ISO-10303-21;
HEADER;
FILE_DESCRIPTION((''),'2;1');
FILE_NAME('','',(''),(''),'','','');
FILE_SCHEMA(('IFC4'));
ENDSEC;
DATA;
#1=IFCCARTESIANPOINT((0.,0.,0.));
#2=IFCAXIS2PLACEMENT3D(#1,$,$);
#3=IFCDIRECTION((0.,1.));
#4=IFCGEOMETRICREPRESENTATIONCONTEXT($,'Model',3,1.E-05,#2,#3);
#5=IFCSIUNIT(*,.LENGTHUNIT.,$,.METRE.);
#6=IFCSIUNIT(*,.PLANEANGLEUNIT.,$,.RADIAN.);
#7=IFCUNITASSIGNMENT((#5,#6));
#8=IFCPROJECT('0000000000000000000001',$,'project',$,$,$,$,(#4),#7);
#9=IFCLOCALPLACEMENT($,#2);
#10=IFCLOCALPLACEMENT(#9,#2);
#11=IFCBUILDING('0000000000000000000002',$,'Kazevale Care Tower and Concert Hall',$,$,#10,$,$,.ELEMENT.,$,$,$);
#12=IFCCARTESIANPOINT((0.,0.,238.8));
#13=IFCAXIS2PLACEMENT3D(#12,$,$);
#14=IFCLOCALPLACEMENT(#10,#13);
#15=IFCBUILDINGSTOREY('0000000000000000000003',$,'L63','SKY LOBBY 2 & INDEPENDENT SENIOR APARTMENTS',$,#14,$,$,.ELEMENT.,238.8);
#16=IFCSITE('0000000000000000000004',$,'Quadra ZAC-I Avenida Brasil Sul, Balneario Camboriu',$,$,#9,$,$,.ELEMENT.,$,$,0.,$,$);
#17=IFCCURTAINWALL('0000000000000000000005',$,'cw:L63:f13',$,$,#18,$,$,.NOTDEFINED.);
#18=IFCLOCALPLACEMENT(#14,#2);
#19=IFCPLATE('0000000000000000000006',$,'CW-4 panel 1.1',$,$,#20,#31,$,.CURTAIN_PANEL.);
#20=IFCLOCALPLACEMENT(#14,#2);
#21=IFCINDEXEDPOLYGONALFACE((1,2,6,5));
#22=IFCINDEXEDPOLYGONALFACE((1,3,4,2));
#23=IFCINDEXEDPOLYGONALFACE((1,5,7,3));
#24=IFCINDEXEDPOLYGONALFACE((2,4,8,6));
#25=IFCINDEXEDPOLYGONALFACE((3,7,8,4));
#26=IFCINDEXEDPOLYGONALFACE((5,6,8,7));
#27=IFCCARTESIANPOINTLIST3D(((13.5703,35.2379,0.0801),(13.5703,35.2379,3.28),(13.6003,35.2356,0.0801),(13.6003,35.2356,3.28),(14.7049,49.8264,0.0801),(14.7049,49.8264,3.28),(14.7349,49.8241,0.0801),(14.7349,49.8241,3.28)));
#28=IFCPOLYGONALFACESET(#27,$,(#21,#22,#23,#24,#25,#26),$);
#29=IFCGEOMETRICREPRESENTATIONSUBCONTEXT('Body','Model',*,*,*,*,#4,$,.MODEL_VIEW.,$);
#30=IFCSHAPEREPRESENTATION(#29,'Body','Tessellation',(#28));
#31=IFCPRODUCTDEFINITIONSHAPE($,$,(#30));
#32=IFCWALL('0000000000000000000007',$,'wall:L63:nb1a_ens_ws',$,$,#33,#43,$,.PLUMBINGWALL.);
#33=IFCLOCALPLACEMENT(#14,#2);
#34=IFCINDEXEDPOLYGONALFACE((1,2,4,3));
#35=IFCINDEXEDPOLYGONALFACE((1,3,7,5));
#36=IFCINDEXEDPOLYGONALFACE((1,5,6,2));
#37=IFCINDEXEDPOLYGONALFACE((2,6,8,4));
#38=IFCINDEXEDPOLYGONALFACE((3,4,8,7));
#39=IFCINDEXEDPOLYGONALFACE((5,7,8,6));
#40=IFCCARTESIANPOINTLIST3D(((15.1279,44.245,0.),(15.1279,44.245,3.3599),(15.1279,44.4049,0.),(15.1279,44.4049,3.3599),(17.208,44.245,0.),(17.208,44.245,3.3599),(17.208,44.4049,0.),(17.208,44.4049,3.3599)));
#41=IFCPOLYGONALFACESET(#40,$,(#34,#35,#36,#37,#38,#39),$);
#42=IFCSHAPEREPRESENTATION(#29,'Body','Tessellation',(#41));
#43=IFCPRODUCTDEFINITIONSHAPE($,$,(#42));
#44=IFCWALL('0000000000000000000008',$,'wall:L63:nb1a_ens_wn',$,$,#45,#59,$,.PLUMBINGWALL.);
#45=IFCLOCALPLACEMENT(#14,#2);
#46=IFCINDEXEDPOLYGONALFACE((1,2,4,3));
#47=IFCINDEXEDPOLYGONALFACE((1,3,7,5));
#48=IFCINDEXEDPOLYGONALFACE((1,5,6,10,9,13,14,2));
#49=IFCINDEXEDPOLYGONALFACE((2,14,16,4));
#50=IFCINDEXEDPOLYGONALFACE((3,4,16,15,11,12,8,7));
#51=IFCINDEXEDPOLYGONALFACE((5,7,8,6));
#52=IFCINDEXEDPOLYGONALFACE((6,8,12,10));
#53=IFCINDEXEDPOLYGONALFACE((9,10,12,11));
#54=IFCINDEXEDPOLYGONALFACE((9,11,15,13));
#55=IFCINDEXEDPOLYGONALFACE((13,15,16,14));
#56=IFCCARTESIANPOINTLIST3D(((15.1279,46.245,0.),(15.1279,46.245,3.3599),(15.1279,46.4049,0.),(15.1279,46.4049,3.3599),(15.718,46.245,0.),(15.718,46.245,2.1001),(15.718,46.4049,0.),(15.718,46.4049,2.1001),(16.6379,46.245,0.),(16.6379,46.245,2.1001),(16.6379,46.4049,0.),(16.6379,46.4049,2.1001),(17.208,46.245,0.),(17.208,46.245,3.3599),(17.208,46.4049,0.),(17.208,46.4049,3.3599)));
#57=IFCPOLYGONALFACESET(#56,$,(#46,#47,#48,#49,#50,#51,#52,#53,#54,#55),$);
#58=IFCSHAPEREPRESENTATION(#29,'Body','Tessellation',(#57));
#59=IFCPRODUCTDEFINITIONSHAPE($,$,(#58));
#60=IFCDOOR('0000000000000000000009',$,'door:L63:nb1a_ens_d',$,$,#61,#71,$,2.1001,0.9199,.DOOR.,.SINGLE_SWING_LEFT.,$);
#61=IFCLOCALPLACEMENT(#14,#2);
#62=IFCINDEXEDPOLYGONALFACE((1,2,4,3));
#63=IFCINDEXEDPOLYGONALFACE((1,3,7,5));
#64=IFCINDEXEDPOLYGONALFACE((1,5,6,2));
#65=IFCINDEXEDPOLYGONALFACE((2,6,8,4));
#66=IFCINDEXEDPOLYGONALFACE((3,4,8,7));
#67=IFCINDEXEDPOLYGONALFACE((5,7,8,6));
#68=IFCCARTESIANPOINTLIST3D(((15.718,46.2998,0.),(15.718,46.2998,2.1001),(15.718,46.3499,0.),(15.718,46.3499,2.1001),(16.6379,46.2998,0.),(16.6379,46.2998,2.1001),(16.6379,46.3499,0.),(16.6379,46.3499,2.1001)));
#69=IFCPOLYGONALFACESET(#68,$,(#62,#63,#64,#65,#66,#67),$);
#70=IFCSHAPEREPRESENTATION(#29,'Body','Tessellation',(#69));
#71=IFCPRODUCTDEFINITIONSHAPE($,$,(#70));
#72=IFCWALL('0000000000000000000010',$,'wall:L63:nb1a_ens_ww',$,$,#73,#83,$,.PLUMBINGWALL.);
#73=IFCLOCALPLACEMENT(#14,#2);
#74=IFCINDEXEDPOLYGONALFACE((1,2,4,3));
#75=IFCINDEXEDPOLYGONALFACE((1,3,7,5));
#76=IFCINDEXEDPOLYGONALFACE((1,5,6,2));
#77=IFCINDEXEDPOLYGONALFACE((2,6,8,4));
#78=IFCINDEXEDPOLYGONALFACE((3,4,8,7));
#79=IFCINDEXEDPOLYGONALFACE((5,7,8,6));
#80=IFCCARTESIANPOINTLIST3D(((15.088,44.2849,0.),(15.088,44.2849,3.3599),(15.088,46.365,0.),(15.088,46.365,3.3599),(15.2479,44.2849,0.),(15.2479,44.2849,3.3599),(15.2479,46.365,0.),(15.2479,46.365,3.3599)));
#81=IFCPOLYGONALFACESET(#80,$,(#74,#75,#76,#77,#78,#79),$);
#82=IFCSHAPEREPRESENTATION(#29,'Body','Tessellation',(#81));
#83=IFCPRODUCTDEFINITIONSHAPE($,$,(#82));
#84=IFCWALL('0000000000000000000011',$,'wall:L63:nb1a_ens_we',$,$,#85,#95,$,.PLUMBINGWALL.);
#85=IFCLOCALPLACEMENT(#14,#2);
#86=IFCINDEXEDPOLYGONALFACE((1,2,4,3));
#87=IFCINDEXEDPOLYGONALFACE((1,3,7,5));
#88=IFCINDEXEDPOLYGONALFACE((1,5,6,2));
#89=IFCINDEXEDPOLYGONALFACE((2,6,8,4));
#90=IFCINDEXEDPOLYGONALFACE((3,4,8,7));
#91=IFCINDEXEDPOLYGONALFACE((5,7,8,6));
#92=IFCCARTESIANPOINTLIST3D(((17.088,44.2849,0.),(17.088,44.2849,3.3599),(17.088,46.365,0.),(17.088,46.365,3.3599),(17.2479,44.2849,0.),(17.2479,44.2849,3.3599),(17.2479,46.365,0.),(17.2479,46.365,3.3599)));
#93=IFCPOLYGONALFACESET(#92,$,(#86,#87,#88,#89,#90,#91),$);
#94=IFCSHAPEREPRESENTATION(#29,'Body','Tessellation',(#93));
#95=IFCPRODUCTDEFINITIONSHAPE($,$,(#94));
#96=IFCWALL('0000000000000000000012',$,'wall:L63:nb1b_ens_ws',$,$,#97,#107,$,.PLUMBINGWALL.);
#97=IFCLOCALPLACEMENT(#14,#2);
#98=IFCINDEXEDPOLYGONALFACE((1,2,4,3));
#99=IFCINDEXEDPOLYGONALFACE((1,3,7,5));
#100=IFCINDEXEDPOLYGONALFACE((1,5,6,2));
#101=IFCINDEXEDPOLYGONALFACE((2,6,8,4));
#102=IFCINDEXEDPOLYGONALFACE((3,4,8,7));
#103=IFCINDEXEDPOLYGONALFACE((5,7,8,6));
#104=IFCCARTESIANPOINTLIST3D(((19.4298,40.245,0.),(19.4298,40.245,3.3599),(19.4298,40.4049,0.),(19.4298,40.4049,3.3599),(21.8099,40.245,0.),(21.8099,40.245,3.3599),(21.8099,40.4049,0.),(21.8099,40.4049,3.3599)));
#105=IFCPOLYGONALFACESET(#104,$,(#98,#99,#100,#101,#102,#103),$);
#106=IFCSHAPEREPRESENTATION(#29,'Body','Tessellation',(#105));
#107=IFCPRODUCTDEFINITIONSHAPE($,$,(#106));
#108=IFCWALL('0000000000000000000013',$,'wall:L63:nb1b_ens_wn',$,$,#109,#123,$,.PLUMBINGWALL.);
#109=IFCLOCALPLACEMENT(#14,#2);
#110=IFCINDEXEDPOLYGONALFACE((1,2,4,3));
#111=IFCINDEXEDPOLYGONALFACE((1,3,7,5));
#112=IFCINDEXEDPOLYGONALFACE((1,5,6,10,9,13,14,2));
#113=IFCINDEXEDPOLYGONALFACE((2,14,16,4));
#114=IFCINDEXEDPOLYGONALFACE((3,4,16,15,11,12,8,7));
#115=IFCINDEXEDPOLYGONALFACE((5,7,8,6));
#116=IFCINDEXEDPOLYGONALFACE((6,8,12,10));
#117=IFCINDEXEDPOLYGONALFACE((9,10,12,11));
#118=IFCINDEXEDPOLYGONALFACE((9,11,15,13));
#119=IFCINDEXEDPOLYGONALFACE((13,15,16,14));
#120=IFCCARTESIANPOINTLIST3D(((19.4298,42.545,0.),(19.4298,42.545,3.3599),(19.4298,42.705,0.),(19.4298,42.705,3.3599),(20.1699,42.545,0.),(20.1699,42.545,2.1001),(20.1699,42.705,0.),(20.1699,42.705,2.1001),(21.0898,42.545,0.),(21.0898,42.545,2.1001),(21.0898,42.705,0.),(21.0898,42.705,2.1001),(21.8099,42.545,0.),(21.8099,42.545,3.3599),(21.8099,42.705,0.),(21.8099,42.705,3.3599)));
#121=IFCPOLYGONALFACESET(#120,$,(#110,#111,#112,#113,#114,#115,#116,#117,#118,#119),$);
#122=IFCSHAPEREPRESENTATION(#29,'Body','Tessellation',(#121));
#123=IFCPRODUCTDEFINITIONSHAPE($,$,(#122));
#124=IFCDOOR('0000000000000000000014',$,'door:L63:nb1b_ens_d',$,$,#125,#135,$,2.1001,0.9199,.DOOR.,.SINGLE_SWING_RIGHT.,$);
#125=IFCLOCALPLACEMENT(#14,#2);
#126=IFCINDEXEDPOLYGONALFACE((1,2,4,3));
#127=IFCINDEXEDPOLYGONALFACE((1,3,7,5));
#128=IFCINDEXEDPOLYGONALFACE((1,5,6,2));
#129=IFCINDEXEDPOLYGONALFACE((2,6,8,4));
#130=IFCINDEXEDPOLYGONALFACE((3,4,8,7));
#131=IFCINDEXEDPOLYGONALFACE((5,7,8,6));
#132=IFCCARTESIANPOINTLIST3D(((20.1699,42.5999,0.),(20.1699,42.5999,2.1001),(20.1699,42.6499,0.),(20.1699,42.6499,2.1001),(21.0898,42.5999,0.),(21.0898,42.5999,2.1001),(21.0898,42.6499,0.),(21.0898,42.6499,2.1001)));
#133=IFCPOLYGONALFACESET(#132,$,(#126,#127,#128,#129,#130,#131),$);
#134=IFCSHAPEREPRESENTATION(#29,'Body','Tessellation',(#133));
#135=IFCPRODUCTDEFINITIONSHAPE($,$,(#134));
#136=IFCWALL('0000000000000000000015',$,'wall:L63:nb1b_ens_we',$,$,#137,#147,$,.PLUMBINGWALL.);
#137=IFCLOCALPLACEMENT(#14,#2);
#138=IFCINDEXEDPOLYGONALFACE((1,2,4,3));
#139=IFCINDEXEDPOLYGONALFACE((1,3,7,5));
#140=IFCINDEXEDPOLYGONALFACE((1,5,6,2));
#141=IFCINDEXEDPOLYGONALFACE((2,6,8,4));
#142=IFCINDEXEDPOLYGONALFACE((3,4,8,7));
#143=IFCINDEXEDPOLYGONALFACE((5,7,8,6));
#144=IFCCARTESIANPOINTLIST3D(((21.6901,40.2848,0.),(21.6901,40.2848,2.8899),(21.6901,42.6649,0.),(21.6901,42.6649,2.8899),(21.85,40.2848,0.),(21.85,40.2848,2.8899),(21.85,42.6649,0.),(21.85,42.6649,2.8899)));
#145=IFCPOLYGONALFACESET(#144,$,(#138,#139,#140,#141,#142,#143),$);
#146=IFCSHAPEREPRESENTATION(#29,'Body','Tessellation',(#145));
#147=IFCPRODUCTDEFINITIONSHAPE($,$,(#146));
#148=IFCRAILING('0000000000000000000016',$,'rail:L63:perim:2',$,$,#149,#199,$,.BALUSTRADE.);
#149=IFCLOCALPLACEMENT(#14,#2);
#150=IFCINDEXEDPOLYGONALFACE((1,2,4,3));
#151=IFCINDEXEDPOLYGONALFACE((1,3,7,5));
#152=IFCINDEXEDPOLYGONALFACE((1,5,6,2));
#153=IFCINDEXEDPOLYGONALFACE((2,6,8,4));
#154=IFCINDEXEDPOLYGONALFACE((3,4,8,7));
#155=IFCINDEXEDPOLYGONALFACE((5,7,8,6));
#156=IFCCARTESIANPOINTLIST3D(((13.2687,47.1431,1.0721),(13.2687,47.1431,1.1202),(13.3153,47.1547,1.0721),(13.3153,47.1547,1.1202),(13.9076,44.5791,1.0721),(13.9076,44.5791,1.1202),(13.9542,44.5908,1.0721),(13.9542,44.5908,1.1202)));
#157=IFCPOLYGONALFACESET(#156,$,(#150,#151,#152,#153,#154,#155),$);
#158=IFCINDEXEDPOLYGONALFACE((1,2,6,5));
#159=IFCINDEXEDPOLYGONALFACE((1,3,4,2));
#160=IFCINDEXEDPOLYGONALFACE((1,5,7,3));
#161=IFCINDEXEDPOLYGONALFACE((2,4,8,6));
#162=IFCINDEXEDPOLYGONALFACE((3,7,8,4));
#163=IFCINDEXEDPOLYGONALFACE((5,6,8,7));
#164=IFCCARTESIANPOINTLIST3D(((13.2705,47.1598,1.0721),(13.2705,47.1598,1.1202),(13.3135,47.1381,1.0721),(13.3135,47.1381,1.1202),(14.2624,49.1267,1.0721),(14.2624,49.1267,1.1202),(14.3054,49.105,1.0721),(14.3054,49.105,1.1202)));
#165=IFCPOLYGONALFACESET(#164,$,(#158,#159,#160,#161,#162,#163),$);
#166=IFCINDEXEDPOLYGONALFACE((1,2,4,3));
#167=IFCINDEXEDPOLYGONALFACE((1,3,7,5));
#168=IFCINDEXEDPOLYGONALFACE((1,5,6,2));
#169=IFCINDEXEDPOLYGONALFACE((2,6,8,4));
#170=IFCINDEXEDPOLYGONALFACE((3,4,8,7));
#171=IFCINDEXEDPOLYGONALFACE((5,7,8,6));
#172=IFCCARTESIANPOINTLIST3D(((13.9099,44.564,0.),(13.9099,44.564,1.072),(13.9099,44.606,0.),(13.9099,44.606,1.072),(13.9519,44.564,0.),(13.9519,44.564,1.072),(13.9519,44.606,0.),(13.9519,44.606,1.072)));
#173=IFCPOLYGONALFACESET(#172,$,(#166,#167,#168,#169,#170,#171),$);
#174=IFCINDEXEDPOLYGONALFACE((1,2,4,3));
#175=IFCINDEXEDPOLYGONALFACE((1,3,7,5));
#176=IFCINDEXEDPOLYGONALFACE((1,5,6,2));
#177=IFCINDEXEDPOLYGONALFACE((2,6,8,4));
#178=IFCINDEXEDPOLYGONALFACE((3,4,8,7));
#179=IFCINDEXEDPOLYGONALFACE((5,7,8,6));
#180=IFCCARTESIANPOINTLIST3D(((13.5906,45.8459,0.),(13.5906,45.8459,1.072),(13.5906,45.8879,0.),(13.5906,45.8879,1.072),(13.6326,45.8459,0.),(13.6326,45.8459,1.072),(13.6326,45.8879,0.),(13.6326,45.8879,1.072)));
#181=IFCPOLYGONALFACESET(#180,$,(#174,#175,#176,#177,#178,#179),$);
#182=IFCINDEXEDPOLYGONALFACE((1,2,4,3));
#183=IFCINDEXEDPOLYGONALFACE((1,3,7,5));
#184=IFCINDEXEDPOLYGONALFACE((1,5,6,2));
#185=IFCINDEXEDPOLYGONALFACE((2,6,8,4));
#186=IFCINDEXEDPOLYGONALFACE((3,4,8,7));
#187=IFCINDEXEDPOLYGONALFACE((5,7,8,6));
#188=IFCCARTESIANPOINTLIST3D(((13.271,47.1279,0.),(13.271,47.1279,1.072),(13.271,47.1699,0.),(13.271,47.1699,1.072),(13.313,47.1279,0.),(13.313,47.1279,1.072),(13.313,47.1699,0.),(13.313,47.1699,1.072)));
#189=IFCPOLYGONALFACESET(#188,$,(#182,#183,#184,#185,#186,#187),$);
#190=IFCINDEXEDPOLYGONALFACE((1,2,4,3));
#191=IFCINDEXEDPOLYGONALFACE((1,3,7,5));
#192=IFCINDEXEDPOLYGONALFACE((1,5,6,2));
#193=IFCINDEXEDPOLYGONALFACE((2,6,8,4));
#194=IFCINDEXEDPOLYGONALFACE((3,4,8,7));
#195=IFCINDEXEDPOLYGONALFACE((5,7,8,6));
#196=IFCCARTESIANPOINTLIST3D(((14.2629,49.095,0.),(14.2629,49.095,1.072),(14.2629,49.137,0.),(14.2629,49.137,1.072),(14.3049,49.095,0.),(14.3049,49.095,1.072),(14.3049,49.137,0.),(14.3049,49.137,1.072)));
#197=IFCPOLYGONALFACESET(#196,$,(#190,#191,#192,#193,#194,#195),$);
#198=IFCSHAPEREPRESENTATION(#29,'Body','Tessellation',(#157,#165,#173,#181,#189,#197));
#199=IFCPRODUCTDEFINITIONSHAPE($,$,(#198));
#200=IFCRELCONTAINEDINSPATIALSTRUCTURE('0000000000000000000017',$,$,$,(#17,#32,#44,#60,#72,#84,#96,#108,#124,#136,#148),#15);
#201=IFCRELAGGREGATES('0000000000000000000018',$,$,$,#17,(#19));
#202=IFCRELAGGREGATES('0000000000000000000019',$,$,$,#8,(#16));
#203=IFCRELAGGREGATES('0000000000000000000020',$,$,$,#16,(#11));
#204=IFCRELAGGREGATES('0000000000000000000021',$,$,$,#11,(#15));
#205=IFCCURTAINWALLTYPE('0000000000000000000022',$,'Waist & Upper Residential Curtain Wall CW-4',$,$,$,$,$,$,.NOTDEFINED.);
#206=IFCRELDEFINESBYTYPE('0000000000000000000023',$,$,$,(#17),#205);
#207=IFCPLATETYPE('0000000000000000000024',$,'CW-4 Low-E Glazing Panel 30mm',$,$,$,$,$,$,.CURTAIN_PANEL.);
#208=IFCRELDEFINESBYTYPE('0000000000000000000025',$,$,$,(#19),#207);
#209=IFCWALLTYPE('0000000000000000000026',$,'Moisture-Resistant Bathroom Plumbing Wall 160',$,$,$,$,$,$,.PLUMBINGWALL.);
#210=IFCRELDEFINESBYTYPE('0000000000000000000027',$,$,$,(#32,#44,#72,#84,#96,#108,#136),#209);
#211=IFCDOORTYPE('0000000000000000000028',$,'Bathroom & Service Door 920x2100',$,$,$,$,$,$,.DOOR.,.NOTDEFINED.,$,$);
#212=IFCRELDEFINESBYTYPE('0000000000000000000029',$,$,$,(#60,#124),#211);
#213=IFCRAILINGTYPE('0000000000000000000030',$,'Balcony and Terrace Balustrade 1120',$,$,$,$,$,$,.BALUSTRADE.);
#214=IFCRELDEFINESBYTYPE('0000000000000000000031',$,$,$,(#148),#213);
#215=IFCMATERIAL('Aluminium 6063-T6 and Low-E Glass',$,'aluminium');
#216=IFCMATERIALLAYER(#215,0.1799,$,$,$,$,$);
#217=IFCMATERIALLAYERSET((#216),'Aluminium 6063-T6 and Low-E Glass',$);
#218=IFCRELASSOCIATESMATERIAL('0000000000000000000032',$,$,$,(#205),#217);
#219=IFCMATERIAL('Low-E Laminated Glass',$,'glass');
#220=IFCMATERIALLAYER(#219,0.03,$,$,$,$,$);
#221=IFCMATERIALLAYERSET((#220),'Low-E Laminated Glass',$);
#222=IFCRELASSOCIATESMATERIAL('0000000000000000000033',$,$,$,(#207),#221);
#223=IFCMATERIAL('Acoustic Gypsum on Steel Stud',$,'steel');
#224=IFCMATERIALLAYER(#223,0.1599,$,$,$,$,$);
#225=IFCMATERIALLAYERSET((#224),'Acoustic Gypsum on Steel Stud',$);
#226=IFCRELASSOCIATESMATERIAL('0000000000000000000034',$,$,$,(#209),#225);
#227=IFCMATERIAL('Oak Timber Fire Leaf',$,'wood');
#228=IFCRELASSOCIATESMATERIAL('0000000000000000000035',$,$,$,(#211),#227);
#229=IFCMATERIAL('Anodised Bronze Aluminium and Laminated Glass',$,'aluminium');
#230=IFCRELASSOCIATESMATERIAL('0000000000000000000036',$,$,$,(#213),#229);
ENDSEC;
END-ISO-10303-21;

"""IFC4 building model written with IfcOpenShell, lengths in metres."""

from ifc_helpers import new_model, si_unit, direction, frame, frame_2d, origin, origin_2d, place, context, subcontext, project, spatial, rectangle, extrude, material, layer, layer_set, type_object, element, fill, aggregate, save


model = new_model("IFC4")

# Units and contexts
model_context = context("Model", 3, precision=1e-05, world=origin(), true_north=direction((0.0, 1.0)))
body_context = subcontext(model_context, "Body", "Model", "MODEL_VIEW")
ifc_project = project(units=[si_unit("LENGTHUNIT", "METRE"), si_unit("PLANEANGLEUNIT", "RADIAN")], contexts=[model_context])

# Site, building, storey
site_placement = place(None, origin())
site = spatial("IfcSite", under=ifc_project, at=site_placement, Name="Quadra ZAC-I Avenida Brasil Sul, Balneario Camboriu", CompositionType="ELEMENT", RefElevation=0.0)
building_placement = place(site_placement, origin())
building = spatial("IfcBuilding", under=site, at=building_placement, Name="Kazevale Care Tower and Concert Hall", CompositionType="ELEMENT")
storey_placement = place(building_placement, frame((0.0, 0.0, 238.8)))
storey = spatial("IfcBuildingStorey", under=building, at=storey_placement, Name="L63", Description="SKY LOBBY 2 & INDEPENDENT SENIOR APARTMENTS", CompositionType="ELEMENT", Elevation=238.8)

# Curtain wall
ifc_material_1 = material(Name="Aluminium 6063-T6 and Low-E Glass", Category="aluminium")
ifc_layer_1 = layer(ifc_material_1, 0.1799)
ifc_layer_set_1 = layer_set([ifc_layer_1], Name="Aluminium 6063-T6 and Low-E Glass")
curtain_wall_type = type_object("IfcCurtainWallType", Name="Waist & Upper Residential Curtain Wall CW-4", PredefinedType="NOTDEFINED", material=ifc_layer_set_1)
curtain_wall_1_placement = place(storey_placement, origin())
curtain_wall_1 = element("IfcCurtainWall", 1, at=curtain_wall_1_placement, inside=storey, type_object=curtain_wall_type, Name="cw:L63:f13", PredefinedType="NOTDEFINED")

# Plate
ifc_material_2 = material(Name="Low-E Laminated Glass", Category="glass")
ifc_layer_2 = layer(ifc_material_2, 0.03)
ifc_layer_set_2 = layer_set([ifc_layer_2], Name="Low-E Laminated Glass")
plate_type = type_object("IfcPlateType", Name="CW-4 Low-E Glazing Panel 30mm", PredefinedType="CURTAIN_PANEL", material=ifc_layer_set_2)
plate_placement = place(storey_placement, frame((14.1526, 42.531, 0.0801), z_axis=(0.0, 0.0, 1.0), x_axis=(0.077539, 0.996989, 0.0)))
plate = element("IfcPlate", 2, at=plate_placement, type_object=plate_type, Name="CW-4 panel 1.1", PredefinedType="CURTAIN_PANEL", context=body_context, shape_type="SweptSolid", body=[
    extrude(rectangle(XDim=14.6326, YDim=0.03, at=origin_2d()), origin(), (0.0, 0.0, 1.0), 3.2),
])
aggregate(curtain_wall_1, [plate])

# Wall
ifc_material_3 = material(Name="Acoustic Gypsum on Steel Stud", Category="steel")
ifc_layer_3 = layer(ifc_material_3, 0.1599)
ifc_layer_set_3 = layer_set([ifc_layer_3], Name="Acoustic Gypsum on Steel Stud")
wall_type = type_object("IfcWallType", Name="Moisture-Resistant Bathroom Plumbing Wall 160", PredefinedType="PLUMBINGWALL", material=ifc_layer_set_3)
wall_1_placement = place(storey_placement, frame((15.1279, 44.325, 0.0), z_axis=(0.0, 0.0, 1.0), x_axis=(1.0, 0.0, 0.0)))
element("IfcWall", 3, at=wall_1_placement, inside=storey, type_object=wall_type, Name="wall:L63:nb1a_ens_ws", PredefinedType="PLUMBINGWALL", context=body_context, shape_type="SweptSolid", body=[
    extrude(rectangle(XDim=2.0801, YDim=0.1599, at=frame_2d((1.04, 0.0))), origin(), (0.0, 0.0, 1.0), 3.3599),
])

# Wall, opening, door
wall_2_placement = place(storey_placement, frame((15.1279, 46.325, 0.0), z_axis=(0.0, 0.0, 1.0), x_axis=(1.0, 0.0, 0.0)))
wall_2 = element("IfcWall", 4, at=wall_2_placement, inside=storey, type_object=wall_type, Name="wall:L63:nb1a_ens_wn", PredefinedType="PLUMBINGWALL", context=body_context, shape_type="SweptSolid", body=[
    extrude(rectangle(XDim=2.0801, YDim=0.1599, at=frame_2d((1.04, 0.0))), origin(), (0.0, 0.0, 1.0), 3.3599),
])
opening_1_placement = place(wall_2_placement, frame((0.5901, 0.0, 0.0)))
opening_1 = element("IfcOpeningElement", 5, at=opening_1_placement, cuts=wall_2, PredefinedType="OPENING", context=body_context, shape_type="SweptSolid", body=[
    extrude(rectangle(XDim=0.9199, YDim=2.1001, at=frame_2d((0.46, 1.05))), frame((0.0, 0.0898, 0.0), z_axis=(0.0, -1.0, 0.0), x_axis=(1.0, 0.0, 0.0)), (0.0, 0.0, 1.0), 0.1799),
])
ifc_material_4 = material(Name="Oak Timber Fire Leaf", Category="wood")
door_type = type_object("IfcDoorType", Name="Bathroom & Service Door 920x2100", OperationType="NOTDEFINED", PredefinedType="DOOR", material=ifc_material_4)
door_1_placement = place(opening_1_placement, origin())
door_1 = element("IfcDoor", 6, at=door_1_placement, inside=storey, type_object=door_type, Name="door:L63:nb1a_ens_d", OperationType="SINGLE_SWING_LEFT", OverallHeight=2.1001, OverallWidth=0.9199, PredefinedType="DOOR", context=body_context, shape_type="SweptSolid", body=[
    extrude(rectangle(XDim=0.9199, YDim=2.1001, at=frame_2d((0.46, 1.05))), frame((0.0, 0.0249, 0.0), z_axis=(0.0, -1.0, 0.0), x_axis=(1.0, 0.0, 0.0)), (0.0, 0.0, 1.0), 0.05),
])
fill(opening_1, door_1)

# Walls
for number, where, z_axis, x_axis, name in (
    (7, (15.168, 44.2849, 0.0), (0.0, 0.0, 1.0), (0.0, 1.0, 0.0), "wall:L63:nb1a_ens_ww"),
    (8, (17.168, 44.2849, 0.0), (0.0, 0.0, 1.0), (0.0, 1.0, 0.0), "wall:L63:nb1a_ens_we"),
):
    element("IfcWall", number, at=place(storey_placement, frame(where, z_axis=z_axis, x_axis=x_axis)), inside=storey, type_object=wall_type, Name=name, PredefinedType="PLUMBINGWALL", context=body_context, shape_type="SweptSolid", body=[
        extrude(rectangle(XDim=2.0801, YDim=0.1599, at=frame_2d((1.04, 0.0))), origin(), (0.0, 0.0, 1.0), 3.3599),
    ])
wall_3_placement = place(storey_placement, frame((19.4299, 40.325, 0.0), z_axis=(0.0, 0.0, 1.0), x_axis=(1.0, 0.0, 0.0)))
element("IfcWall", 9, at=wall_3_placement, inside=storey, type_object=wall_type, Name="wall:L63:nb1b_ens_ws", PredefinedType="PLUMBINGWALL", context=body_context, shape_type="SweptSolid", body=[
    extrude(rectangle(XDim=2.3801, YDim=0.1599, at=frame_2d((1.1899, 0.0))), origin(), (0.0, 0.0, 1.0), 3.3599),
])

# Wall, opening, door
wall_4_placement = place(storey_placement, frame((19.4299, 42.625, 0.0), z_axis=(0.0, 0.0, 1.0), x_axis=(1.0, 0.0, 0.0)))
wall_4 = element("IfcWall", 10, at=wall_4_placement, inside=storey, type_object=wall_type, Name="wall:L63:nb1b_ens_wn", PredefinedType="PLUMBINGWALL", context=body_context, shape_type="SweptSolid", body=[
    extrude(rectangle(XDim=2.3801, YDim=0.1599, at=frame_2d((1.1899, 0.0))), origin(), (0.0, 0.0, 1.0), 3.3599),
])
opening_2_placement = place(wall_4_placement, frame((0.74, 0.0, 0.0)))
opening_2 = element("IfcOpeningElement", 11, at=opening_2_placement, cuts=wall_4, PredefinedType="OPENING", context=body_context, shape_type="SweptSolid", body=[
    extrude(rectangle(XDim=0.9199, YDim=2.1001, at=frame_2d((0.46, 1.05))), frame((0.0, 0.0898, 0.0), z_axis=(0.0, -1.0, 0.0), x_axis=(1.0, 0.0, 0.0)), (0.0, 0.0, 1.0), 0.1799),
])
door_2_placement = place(opening_2_placement, origin())
door_2 = element("IfcDoor", 12, at=door_2_placement, inside=storey, type_object=door_type, Name="door:L63:nb1b_ens_d", OperationType="SINGLE_SWING_RIGHT", OverallHeight=2.1001, OverallWidth=0.9199, PredefinedType="DOOR", context=body_context, shape_type="SweptSolid", body=[
    extrude(rectangle(XDim=0.9199, YDim=2.1001, at=frame_2d((0.46, 1.05))), frame((0.0, 0.0249, 0.0), z_axis=(0.0, -1.0, 0.0), x_axis=(1.0, 0.0, 0.0)), (0.0, 0.0, 1.0), 0.05),
])
fill(opening_2, door_2)

# Wall
wall_5_placement = place(storey_placement, frame((21.77, 40.2849, 0.0), z_axis=(0.0, 0.0, 1.0), x_axis=(0.0, 1.0, 0.0)))
element("IfcWall", 13, at=wall_5_placement, inside=storey, type_object=wall_type, Name="wall:L63:nb1b_ens_we", PredefinedType="PLUMBINGWALL", context=body_context, shape_type="SweptSolid", body=[
    extrude(rectangle(XDim=2.3801, YDim=0.1599, at=frame_2d((1.1899, 0.0))), origin(), (0.0, 0.0, 1.0), 2.8899),
])

# Railing
ifc_material_5 = material(Name="Anodised Bronze Aluminium and Laminated Glass", Category="aluminium")
railing_type = type_object("IfcRailingType", Name="Balcony and Terrace Balustrade 1120", PredefinedType="BALUSTRADE", material=ifc_material_5)
railing_1_placement = place(storey_placement, frame((13.9309, 44.585, 0.0)))
element("IfcRailing", 14, at=railing_1_placement, inside=storey, type_object=railing_type, Name="rail:L63:perim:2", PredefinedType="BALUSTRADE", context=body_context, shape_type="SweptSolid", body=[
    extrude(rectangle(XDim=0.0481, YDim=0.0481, at=origin_2d()), frame((0.0, 0.0, 1.0962), z_axis=(-0.241796, 0.970327, 0.0), x_axis=(-0.970327, -0.241796, 0.0)), (0.0, 0.0, 1.0), 2.6423),
    extrude(rectangle(XDim=0.0481, YDim=0.0481, at=origin_2d()), frame((-0.6389, 2.564, 1.0962), z_axis=(0.45027, 0.892893, 0.0), x_axis=(-0.892893, 0.45027, 0.0)), (0.0, 0.0, 1.0), 2.2029),
    extrude(rectangle(XDim=0.042, YDim=0.042, at=origin_2d()), origin(), (0.0, 0.0, 1.0), 1.072),
    extrude(rectangle(XDim=0.042, YDim=0.042, at=origin_2d()), frame((-0.3193, 1.282, 0.0)), (0.0, 0.0, 1.0), 1.072),
    extrude(rectangle(XDim=0.042, YDim=0.042, at=origin_2d()), frame((-0.6389, 2.564, 0.0)), (0.0, 0.0, 1.0), 1.072),
    extrude(rectangle(XDim=0.042, YDim=0.042, at=origin_2d()), frame((0.353, 4.531, 0.0)), (0.0, 0.0, 1.0), 1.072),
])

save(model, "model.ifc")
